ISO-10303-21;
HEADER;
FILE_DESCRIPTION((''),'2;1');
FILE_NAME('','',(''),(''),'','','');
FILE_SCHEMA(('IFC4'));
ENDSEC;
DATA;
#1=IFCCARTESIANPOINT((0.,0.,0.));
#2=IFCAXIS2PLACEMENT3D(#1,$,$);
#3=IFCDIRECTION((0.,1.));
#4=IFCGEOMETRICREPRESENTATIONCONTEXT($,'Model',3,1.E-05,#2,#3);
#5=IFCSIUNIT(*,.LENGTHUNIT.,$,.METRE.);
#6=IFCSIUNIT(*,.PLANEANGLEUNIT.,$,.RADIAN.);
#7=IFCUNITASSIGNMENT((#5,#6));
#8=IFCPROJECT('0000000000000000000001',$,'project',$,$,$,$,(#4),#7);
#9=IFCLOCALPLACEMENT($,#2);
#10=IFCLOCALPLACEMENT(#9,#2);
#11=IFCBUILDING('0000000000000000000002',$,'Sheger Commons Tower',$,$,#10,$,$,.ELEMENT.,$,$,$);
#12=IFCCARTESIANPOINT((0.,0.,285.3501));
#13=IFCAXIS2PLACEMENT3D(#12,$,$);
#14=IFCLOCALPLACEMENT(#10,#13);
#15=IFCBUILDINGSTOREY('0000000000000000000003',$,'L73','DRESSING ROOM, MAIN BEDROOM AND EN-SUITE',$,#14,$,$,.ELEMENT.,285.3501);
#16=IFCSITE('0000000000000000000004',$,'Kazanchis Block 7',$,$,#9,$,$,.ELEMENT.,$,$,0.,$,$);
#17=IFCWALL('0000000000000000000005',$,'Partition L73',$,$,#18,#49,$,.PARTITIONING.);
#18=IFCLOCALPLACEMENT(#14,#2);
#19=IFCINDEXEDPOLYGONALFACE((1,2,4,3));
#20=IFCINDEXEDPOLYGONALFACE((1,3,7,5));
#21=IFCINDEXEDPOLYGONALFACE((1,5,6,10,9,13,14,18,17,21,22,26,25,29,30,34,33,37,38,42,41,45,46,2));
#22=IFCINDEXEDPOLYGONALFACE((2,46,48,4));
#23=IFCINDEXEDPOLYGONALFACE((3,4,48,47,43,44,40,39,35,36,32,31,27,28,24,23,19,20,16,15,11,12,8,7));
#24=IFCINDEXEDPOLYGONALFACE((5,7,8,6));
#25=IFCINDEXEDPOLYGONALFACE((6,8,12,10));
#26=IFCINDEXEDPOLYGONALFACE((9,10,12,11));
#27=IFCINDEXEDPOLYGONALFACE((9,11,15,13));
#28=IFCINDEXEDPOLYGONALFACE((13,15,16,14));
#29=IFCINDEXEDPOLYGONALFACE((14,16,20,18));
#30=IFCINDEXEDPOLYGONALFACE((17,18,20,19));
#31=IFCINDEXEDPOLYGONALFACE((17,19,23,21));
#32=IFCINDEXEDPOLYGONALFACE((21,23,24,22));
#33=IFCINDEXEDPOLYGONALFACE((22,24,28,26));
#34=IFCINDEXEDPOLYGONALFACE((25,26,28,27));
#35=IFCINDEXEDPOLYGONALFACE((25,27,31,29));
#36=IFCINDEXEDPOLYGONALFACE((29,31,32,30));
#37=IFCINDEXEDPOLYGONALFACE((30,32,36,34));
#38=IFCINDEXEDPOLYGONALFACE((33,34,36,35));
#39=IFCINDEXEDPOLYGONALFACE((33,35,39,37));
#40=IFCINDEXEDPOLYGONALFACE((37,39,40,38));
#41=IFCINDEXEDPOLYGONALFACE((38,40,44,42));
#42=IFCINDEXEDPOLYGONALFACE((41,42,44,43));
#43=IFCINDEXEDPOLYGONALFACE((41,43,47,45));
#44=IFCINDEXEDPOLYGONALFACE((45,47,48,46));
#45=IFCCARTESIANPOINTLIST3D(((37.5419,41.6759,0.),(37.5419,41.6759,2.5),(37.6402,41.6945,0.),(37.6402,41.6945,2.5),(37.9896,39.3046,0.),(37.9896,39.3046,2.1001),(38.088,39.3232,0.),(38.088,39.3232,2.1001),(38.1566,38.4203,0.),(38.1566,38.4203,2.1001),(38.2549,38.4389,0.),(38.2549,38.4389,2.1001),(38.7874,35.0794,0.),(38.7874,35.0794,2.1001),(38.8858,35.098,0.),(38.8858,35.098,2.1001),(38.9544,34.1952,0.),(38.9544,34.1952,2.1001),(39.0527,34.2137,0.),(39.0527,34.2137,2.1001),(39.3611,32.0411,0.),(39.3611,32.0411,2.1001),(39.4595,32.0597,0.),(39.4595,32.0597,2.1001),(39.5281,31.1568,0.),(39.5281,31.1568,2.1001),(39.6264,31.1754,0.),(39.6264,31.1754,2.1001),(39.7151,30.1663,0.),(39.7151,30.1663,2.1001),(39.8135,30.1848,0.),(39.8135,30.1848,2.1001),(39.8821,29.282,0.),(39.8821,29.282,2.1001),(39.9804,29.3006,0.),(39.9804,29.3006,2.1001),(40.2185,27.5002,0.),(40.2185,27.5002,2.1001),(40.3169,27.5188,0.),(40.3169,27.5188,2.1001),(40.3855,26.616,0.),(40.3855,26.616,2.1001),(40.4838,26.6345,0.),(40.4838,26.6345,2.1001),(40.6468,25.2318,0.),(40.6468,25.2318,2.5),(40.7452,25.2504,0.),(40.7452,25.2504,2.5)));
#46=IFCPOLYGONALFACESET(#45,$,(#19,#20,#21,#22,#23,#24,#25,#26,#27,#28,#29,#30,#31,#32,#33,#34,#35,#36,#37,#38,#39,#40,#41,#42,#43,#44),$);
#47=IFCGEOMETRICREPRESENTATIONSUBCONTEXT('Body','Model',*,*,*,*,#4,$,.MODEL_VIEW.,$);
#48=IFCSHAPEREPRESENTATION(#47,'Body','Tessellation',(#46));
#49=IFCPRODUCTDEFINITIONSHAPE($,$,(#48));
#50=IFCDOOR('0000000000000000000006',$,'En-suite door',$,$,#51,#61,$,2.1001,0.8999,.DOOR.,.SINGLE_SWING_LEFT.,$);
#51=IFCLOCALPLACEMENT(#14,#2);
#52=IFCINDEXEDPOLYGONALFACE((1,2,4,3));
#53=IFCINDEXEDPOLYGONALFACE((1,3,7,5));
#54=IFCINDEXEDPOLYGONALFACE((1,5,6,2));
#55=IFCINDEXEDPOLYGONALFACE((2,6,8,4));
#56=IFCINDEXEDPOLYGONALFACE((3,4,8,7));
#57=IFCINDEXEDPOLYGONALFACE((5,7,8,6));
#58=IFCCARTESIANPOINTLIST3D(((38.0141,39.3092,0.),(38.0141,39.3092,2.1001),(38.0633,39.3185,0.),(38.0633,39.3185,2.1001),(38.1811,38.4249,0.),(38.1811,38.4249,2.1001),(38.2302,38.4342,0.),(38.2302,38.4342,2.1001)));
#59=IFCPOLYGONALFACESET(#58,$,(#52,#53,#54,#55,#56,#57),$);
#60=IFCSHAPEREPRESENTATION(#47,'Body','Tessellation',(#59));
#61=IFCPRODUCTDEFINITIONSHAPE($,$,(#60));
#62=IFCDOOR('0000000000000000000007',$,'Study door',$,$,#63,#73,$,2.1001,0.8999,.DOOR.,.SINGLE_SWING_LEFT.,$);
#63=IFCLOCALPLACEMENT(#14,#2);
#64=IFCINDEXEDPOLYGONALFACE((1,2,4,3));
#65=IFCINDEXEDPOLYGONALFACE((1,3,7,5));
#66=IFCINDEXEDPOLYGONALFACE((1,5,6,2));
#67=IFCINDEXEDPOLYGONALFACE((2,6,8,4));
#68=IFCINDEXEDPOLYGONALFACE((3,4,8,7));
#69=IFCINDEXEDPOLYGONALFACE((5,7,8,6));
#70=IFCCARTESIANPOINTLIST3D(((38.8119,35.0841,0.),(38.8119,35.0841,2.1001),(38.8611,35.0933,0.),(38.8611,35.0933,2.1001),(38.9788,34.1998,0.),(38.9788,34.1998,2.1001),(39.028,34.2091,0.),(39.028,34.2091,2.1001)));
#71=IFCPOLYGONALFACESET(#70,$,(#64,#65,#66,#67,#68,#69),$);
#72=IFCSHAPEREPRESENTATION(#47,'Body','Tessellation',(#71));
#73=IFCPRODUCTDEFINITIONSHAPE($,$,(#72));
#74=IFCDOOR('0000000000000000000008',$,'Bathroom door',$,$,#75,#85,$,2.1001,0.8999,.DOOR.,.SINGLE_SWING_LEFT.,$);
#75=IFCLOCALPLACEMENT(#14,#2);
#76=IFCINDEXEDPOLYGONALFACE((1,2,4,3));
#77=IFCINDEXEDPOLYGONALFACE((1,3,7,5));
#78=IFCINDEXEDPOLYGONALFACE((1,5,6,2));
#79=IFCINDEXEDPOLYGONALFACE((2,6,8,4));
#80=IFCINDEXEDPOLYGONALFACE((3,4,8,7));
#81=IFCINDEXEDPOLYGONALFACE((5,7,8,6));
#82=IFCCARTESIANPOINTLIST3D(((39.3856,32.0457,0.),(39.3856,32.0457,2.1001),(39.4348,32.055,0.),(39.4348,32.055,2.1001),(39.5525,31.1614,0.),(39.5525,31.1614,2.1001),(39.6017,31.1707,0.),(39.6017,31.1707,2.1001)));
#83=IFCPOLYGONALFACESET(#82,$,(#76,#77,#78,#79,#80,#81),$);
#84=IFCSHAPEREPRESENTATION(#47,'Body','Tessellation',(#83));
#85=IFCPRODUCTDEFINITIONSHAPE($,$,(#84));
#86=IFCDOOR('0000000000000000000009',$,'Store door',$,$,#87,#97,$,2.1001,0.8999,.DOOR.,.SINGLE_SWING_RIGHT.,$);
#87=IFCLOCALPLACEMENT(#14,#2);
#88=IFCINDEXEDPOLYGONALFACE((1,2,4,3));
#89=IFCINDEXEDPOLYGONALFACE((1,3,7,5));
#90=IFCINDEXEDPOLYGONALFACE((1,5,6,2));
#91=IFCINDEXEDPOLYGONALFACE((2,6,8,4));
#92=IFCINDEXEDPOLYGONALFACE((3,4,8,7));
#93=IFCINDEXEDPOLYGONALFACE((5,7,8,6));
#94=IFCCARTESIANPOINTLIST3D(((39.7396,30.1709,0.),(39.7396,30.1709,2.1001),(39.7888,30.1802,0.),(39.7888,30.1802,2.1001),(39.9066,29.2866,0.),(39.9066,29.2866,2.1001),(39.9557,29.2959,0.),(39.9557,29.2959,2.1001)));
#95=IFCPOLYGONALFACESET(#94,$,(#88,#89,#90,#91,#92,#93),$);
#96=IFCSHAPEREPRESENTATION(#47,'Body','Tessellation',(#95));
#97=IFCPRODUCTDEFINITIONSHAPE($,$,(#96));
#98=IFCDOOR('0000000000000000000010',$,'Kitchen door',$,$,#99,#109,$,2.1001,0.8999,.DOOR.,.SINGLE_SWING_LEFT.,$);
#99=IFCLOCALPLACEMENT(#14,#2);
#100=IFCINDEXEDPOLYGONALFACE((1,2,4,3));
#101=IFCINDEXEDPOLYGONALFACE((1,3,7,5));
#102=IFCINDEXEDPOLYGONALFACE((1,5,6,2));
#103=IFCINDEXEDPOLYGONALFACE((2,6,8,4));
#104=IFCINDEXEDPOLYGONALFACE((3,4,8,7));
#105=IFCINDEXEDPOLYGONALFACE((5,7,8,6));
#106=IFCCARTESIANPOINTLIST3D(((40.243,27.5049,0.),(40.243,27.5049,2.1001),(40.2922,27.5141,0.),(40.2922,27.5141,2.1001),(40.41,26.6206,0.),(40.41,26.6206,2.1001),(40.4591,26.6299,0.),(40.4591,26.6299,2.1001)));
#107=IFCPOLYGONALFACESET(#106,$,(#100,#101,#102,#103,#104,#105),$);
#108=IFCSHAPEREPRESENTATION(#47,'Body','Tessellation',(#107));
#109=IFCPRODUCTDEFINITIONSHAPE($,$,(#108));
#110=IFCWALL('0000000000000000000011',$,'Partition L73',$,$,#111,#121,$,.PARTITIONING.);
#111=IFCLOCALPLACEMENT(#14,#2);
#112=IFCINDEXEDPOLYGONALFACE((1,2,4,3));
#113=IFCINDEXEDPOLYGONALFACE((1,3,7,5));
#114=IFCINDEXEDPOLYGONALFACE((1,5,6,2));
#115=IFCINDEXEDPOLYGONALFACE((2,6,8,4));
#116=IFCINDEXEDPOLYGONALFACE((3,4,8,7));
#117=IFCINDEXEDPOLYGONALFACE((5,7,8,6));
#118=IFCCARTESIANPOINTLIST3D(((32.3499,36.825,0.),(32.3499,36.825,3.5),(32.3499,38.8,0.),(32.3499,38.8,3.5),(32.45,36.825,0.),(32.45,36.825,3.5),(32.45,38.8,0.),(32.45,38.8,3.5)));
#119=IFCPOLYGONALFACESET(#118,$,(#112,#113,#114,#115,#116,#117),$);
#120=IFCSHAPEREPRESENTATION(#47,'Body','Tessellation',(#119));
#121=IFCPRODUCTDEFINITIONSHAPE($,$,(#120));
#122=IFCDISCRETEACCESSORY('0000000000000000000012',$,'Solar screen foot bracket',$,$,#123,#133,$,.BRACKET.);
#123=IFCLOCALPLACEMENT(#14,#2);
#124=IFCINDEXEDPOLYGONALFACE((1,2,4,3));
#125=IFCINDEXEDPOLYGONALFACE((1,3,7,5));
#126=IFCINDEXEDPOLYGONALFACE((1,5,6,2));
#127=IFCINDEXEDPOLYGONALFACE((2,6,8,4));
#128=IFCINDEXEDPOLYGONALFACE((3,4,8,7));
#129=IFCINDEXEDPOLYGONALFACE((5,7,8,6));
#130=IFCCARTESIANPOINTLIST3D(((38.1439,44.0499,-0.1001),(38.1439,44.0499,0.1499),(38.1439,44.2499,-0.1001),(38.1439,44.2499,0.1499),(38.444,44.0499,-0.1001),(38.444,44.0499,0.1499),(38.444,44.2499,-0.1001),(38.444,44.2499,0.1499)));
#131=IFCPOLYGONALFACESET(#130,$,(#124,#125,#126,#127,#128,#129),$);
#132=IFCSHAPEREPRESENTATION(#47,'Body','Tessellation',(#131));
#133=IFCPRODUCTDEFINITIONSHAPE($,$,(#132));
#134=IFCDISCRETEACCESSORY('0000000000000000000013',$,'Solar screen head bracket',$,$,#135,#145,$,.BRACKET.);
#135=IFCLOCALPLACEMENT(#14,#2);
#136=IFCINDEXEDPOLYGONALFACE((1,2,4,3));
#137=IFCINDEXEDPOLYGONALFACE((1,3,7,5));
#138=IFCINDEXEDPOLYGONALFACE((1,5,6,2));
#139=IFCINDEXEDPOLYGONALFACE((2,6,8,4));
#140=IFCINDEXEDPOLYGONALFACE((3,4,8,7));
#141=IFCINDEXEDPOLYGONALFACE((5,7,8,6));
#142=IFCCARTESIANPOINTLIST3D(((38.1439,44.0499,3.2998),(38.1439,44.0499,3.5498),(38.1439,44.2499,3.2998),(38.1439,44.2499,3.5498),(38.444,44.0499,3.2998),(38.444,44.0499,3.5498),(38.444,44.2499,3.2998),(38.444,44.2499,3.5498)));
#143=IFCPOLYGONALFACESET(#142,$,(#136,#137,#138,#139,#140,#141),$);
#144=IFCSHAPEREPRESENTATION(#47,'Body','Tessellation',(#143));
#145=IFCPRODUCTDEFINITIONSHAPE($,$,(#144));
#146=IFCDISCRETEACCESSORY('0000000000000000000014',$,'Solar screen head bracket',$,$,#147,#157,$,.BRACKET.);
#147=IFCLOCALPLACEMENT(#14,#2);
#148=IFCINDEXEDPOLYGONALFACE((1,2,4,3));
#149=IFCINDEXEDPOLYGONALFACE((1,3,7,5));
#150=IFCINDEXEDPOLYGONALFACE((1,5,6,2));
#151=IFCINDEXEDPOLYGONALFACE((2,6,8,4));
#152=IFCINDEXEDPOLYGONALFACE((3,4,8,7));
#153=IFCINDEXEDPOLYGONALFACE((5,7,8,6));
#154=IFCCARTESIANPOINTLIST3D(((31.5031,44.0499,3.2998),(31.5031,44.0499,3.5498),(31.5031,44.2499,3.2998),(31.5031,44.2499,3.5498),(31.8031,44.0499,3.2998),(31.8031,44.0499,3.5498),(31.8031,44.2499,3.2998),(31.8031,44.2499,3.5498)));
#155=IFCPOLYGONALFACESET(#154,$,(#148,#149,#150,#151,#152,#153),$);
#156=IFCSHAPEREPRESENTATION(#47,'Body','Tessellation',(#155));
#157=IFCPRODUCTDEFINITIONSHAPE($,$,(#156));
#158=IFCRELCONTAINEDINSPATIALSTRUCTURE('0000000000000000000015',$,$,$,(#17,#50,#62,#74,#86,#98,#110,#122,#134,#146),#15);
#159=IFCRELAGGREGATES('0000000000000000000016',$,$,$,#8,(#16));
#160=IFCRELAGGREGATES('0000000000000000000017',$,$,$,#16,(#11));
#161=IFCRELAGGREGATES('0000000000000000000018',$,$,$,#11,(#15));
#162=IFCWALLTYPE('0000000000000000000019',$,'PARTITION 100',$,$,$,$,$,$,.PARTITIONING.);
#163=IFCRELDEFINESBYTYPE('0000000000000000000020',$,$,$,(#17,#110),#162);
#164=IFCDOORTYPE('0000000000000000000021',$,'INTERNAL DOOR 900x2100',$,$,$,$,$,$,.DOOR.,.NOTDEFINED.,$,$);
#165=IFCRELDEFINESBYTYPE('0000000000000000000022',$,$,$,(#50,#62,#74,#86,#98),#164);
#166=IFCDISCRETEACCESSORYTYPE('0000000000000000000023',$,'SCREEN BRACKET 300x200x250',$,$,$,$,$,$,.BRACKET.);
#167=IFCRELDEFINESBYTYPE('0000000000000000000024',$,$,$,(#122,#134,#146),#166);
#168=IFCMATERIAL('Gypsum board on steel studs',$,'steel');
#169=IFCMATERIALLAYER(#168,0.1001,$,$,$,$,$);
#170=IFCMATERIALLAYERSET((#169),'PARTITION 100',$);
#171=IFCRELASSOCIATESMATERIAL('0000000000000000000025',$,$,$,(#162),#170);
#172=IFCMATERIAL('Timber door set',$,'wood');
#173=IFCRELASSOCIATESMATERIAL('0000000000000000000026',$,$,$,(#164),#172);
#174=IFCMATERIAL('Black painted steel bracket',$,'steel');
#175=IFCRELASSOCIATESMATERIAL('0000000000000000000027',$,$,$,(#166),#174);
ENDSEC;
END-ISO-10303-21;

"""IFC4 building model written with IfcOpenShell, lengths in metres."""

from ifc_helpers import new_model, si_unit, direction, frame, frame_2d, origin, origin_2d, place, context, subcontext, project, spatial, rectangle, extrude, material, layer, layer_set, type_object, element, fill, save


model = new_model("IFC4")

# Units and contexts
model_context = context("Model", 3, precision=1e-05, world=origin(), true_north=direction((0.0, 1.0)))
body_context = subcontext(model_context, "Body", "Model", "MODEL_VIEW")
ifc_project = project(units=[si_unit("LENGTHUNIT", "METRE"), si_unit("PLANEANGLEUNIT", "RADIAN")], contexts=[model_context])

# Site, building, storey
site_placement = place(None, origin())
site = spatial("IfcSite", under=ifc_project, at=site_placement, Name="Kazanchis Block 7", CompositionType="ELEMENT", RefElevation=0.0)
building_placement = place(site_placement, origin())
building = spatial("IfcBuilding", under=site, at=building_placement, Name="Sheger Commons Tower", CompositionType="ELEMENT")
storey_placement = place(building_placement, frame((0.0, 0.0, 285.3501)))
storey = spatial("IfcBuildingStorey", under=building, at=storey_placement, Name="L73", Description="DRESSING ROOM, MAIN BEDROOM AND EN-SUITE", CompositionType="ELEMENT", Elevation=285.3501)

# Shared definitions
ifc_material_1 = material(Name="Gypsum board on steel studs", Category="steel")
ifc_layer_1 = layer(ifc_material_1, 0.1001)
ifc_layer_set_1 = layer_set([ifc_layer_1], Name="PARTITION 100")
wall_type_1 = type_object("IfcWallType", Name="PARTITION 100", PredefinedType="PARTITIONING", material=ifc_layer_set_1)

# Shared definitions
ifc_material_2 = material(Name="Timber door set", Category="wood")
door_type_1 = type_object("IfcDoorType", Name="INTERNAL DOOR 900x2100", OperationType="NOTDEFINED", PredefinedType="DOOR", material=ifc_material_2)

# Wall, openings, doors
wall_1_placement = place(storey_placement, frame((37.5911, 41.6851, 0.0), z_axis=(0.0, 0.0, 1.0), x_axis=(0.185542, -0.982636, 0.0)))
wall_1 = element("IfcWall", 1, at=wall_1_placement, inside=storey, type_object=wall_type_1, Name="Partition L73", PredefinedType="PARTITIONING", context=body_context, shape_type="SweptSolid", body=[
    extrude(rectangle(XDim=16.7346, YDim=0.1001, at=frame_2d((8.3672, 0.0))), origin(), (0.0, 0.0, 1.0), 2.5),
])
opening_1_placement = place(wall_1_placement, frame((2.4131, 0.0, 0.0)))
opening_1 = element("IfcOpeningElement", 2, at=opening_1_placement, cuts=wall_1, PredefinedType="OPENING", context=body_context, shape_type="SweptSolid", body=[
    extrude(rectangle(XDim=0.8999, YDim=2.1001, at=frame_2d((0.45, 1.05))), frame((0.0, 0.0601, 0.0), z_axis=(0.0, -1.0, 0.0), x_axis=(1.0, 0.0, 0.0)), (0.0, 0.0, 1.0), 0.1201),
])
opening_2_placement = place(wall_1_placement, frame((6.7129, 0.0, 0.0)))
opening_2 = element("IfcOpeningElement", 3, at=opening_2_placement, cuts=wall_1, PredefinedType="OPENING", context=body_context, shape_type="SweptSolid", body=[
    extrude(rectangle(XDim=0.8999, YDim=2.1001, at=frame_2d((0.45, 1.05))), frame((0.0, 0.0601, 0.0), z_axis=(0.0, -1.0, 0.0), x_axis=(1.0, 0.0, 0.0)), (0.0, 0.0, 1.0), 0.1201),
])
opening_3_placement = place(wall_1_placement, frame((9.8049, 0.0, 0.0)))
opening_3 = element("IfcOpeningElement", 4, at=opening_3_placement, cuts=wall_1, PredefinedType="OPENING", context=body_context, shape_type="SweptSolid", body=[
    extrude(rectangle(XDim=0.8999, YDim=2.1001, at=frame_2d((0.45, 1.05))), frame((0.0, 0.0601, 0.0), z_axis=(0.0, -1.0, 0.0), x_axis=(1.0, 0.0, 0.0)), (0.0, 0.0, 1.0), 0.1201),
])
opening_4_placement = place(wall_1_placement, frame((11.7129, 0.0, 0.0)))
opening_4 = element("IfcOpeningElement", 5, at=opening_4_placement, cuts=wall_1, PredefinedType="OPENING", context=body_context, shape_type="SweptSolid", body=[
    extrude(rectangle(XDim=0.8999, YDim=2.1001, at=frame_2d((0.45, 1.05))), frame((0.0, 0.0601, 0.0), z_axis=(0.0, -1.0, 0.0), x_axis=(1.0, 0.0, 0.0)), (0.0, 0.0, 1.0), 0.1201),
])
opening_5_placement = place(wall_1_placement, frame((14.426, 0.0, 0.0)))
opening_5 = element("IfcOpeningElement", 6, at=opening_5_placement, cuts=wall_1, PredefinedType="OPENING", context=body_context, shape_type="SweptSolid", body=[
    extrude(rectangle(XDim=0.8999, YDim=2.1001, at=frame_2d((0.45, 1.05))), frame((0.0, 0.0601, 0.0), z_axis=(0.0, -1.0, 0.0), x_axis=(1.0, 0.0, 0.0)), (0.0, 0.0, 1.0), 0.1201),
])
door_1_placement = place(opening_1_placement, origin())
door_1 = element("IfcDoor", 7, at=door_1_placement, inside=storey, type_object=door_type_1, Name="En-suite door", OperationType="SINGLE_SWING_LEFT", OverallHeight=2.1001, OverallWidth=0.8999, PredefinedType="DOOR", context=body_context, shape_type="SweptSolid", body=[
    extrude(rectangle(XDim=0.8999, YDim=2.1001, at=frame_2d((0.45, 1.05))), frame((0.0, 0.0249, 0.0), z_axis=(0.0, -1.0, 0.0), x_axis=(1.0, 0.0, 0.0)), (0.0, 0.0, 1.0), 0.05),
])
fill(opening_1, door_1)
door_2_placement = place(opening_2_placement, origin())
door_2 = element("IfcDoor", 8, at=door_2_placement, inside=storey, type_object=door_type_1, Name="Study door", OperationType="SINGLE_SWING_LEFT", OverallHeight=2.1001, OverallWidth=0.8999, PredefinedType="DOOR", context=body_context, shape_type="SweptSolid", body=[
    extrude(rectangle(XDim=0.8999, YDim=2.1001, at=frame_2d((0.45, 1.05))), frame((0.0, 0.0249, 0.0), z_axis=(0.0, -1.0, 0.0), x_axis=(1.0, 0.0, 0.0)), (0.0, 0.0, 1.0), 0.05),
])
fill(opening_2, door_2)
door_3_placement = place(opening_3_placement, origin())
door_3 = element("IfcDoor", 9, at=door_3_placement, inside=storey, type_object=door_type_1, Name="Bathroom door", OperationType="SINGLE_SWING_LEFT", OverallHeight=2.1001, OverallWidth=0.8999, PredefinedType="DOOR", context=body_context, shape_type="SweptSolid", body=[
    extrude(rectangle(XDim=0.8999, YDim=2.1001, at=frame_2d((0.45, 1.05))), frame((0.0, 0.0249, 0.0), z_axis=(0.0, -1.0, 0.0), x_axis=(1.0, 0.0, 0.0)), (0.0, 0.0, 1.0), 0.05),
])
fill(opening_3, door_3)
door_4_placement = place(opening_4_placement, origin())
door_4 = element("IfcDoor", 10, at=door_4_placement, inside=storey, type_object=door_type_1, Name="Store door", OperationType="SINGLE_SWING_RIGHT", OverallHeight=2.1001, OverallWidth=0.8999, PredefinedType="DOOR", context=body_context, shape_type="SweptSolid", body=[
    extrude(rectangle(XDim=0.8999, YDim=2.1001, at=frame_2d((0.45, 1.05))), frame((0.0, 0.0249, 0.0), z_axis=(0.0, -1.0, 0.0), x_axis=(1.0, 0.0, 0.0)), (0.0, 0.0, 1.0), 0.05),
])
fill(opening_4, door_4)
door_5_placement = place(opening_5_placement, origin())
door_5 = element("IfcDoor", 11, at=door_5_placement, inside=storey, type_object=door_type_1, Name="Kitchen door", OperationType="SINGLE_SWING_LEFT", OverallHeight=2.1001, OverallWidth=0.8999, PredefinedType="DOOR", context=body_context, shape_type="SweptSolid", body=[
    extrude(rectangle(XDim=0.8999, YDim=2.1001, at=frame_2d((0.45, 1.05))), frame((0.0, 0.0249, 0.0), z_axis=(0.0, -1.0, 0.0), x_axis=(1.0, 0.0, 0.0)), (0.0, 0.0, 1.0), 0.05),
])
fill(opening_5, door_5)

# Wall
wall_2_placement = place(storey_placement, frame((32.3999, 36.825, 0.0), z_axis=(0.0, 0.0, 1.0), x_axis=(0.0, 1.0, 0.0)))
element("IfcWall", 12, at=wall_2_placement, inside=storey, type_object=wall_type_1, Name="Partition L73", PredefinedType="PARTITIONING", context=body_context, shape_type="SweptSolid", body=[
    extrude(rectangle(XDim=1.9751, YDim=0.1001, at=frame_2d((0.9875, 0.0))), origin(), (0.0, 0.0, 1.0), 3.5),
])

# Discrete accessories
ifc_material_3 = material(Name="Black painted steel bracket", Category="steel")
discrete_accessory_type = type_object("IfcDiscreteAccessoryType", Name="SCREEN BRACKET 300x200x250", PredefinedType="BRACKET", material=ifc_material_3)
for number, where, z_axis, x_axis, name in (
    (13, (38.2939, 44.1499, -0.1001), (0.0, 0.0, 1.0), (-1.0, 0.0, 0.0), "Solar screen foot bracket"),
    (14, (38.2939, 44.1499, 3.2998), (0.0, 0.0, 1.0), (-1.0, 0.0, 0.0), "Solar screen head bracket"),
    (15, (31.6531, 44.1499, 3.2998), (0.0, 0.0, 1.0), (-1.0, 0.0, 0.0), "Solar screen head bracket"),
):
    element("IfcDiscreteAccessory", number, at=place(storey_placement, frame(where, z_axis=z_axis, x_axis=x_axis)), inside=storey, type_object=discrete_accessory_type, Name=name, PredefinedType="BRACKET", context=body_context, shape_type="SweptSolid", body=[
        extrude(rectangle(XDim=0.3, YDim=0.2, at=origin_2d()), origin(), (0.0, 0.0, 1.0), 0.25),
    ])

save(model, "model.ifc")
